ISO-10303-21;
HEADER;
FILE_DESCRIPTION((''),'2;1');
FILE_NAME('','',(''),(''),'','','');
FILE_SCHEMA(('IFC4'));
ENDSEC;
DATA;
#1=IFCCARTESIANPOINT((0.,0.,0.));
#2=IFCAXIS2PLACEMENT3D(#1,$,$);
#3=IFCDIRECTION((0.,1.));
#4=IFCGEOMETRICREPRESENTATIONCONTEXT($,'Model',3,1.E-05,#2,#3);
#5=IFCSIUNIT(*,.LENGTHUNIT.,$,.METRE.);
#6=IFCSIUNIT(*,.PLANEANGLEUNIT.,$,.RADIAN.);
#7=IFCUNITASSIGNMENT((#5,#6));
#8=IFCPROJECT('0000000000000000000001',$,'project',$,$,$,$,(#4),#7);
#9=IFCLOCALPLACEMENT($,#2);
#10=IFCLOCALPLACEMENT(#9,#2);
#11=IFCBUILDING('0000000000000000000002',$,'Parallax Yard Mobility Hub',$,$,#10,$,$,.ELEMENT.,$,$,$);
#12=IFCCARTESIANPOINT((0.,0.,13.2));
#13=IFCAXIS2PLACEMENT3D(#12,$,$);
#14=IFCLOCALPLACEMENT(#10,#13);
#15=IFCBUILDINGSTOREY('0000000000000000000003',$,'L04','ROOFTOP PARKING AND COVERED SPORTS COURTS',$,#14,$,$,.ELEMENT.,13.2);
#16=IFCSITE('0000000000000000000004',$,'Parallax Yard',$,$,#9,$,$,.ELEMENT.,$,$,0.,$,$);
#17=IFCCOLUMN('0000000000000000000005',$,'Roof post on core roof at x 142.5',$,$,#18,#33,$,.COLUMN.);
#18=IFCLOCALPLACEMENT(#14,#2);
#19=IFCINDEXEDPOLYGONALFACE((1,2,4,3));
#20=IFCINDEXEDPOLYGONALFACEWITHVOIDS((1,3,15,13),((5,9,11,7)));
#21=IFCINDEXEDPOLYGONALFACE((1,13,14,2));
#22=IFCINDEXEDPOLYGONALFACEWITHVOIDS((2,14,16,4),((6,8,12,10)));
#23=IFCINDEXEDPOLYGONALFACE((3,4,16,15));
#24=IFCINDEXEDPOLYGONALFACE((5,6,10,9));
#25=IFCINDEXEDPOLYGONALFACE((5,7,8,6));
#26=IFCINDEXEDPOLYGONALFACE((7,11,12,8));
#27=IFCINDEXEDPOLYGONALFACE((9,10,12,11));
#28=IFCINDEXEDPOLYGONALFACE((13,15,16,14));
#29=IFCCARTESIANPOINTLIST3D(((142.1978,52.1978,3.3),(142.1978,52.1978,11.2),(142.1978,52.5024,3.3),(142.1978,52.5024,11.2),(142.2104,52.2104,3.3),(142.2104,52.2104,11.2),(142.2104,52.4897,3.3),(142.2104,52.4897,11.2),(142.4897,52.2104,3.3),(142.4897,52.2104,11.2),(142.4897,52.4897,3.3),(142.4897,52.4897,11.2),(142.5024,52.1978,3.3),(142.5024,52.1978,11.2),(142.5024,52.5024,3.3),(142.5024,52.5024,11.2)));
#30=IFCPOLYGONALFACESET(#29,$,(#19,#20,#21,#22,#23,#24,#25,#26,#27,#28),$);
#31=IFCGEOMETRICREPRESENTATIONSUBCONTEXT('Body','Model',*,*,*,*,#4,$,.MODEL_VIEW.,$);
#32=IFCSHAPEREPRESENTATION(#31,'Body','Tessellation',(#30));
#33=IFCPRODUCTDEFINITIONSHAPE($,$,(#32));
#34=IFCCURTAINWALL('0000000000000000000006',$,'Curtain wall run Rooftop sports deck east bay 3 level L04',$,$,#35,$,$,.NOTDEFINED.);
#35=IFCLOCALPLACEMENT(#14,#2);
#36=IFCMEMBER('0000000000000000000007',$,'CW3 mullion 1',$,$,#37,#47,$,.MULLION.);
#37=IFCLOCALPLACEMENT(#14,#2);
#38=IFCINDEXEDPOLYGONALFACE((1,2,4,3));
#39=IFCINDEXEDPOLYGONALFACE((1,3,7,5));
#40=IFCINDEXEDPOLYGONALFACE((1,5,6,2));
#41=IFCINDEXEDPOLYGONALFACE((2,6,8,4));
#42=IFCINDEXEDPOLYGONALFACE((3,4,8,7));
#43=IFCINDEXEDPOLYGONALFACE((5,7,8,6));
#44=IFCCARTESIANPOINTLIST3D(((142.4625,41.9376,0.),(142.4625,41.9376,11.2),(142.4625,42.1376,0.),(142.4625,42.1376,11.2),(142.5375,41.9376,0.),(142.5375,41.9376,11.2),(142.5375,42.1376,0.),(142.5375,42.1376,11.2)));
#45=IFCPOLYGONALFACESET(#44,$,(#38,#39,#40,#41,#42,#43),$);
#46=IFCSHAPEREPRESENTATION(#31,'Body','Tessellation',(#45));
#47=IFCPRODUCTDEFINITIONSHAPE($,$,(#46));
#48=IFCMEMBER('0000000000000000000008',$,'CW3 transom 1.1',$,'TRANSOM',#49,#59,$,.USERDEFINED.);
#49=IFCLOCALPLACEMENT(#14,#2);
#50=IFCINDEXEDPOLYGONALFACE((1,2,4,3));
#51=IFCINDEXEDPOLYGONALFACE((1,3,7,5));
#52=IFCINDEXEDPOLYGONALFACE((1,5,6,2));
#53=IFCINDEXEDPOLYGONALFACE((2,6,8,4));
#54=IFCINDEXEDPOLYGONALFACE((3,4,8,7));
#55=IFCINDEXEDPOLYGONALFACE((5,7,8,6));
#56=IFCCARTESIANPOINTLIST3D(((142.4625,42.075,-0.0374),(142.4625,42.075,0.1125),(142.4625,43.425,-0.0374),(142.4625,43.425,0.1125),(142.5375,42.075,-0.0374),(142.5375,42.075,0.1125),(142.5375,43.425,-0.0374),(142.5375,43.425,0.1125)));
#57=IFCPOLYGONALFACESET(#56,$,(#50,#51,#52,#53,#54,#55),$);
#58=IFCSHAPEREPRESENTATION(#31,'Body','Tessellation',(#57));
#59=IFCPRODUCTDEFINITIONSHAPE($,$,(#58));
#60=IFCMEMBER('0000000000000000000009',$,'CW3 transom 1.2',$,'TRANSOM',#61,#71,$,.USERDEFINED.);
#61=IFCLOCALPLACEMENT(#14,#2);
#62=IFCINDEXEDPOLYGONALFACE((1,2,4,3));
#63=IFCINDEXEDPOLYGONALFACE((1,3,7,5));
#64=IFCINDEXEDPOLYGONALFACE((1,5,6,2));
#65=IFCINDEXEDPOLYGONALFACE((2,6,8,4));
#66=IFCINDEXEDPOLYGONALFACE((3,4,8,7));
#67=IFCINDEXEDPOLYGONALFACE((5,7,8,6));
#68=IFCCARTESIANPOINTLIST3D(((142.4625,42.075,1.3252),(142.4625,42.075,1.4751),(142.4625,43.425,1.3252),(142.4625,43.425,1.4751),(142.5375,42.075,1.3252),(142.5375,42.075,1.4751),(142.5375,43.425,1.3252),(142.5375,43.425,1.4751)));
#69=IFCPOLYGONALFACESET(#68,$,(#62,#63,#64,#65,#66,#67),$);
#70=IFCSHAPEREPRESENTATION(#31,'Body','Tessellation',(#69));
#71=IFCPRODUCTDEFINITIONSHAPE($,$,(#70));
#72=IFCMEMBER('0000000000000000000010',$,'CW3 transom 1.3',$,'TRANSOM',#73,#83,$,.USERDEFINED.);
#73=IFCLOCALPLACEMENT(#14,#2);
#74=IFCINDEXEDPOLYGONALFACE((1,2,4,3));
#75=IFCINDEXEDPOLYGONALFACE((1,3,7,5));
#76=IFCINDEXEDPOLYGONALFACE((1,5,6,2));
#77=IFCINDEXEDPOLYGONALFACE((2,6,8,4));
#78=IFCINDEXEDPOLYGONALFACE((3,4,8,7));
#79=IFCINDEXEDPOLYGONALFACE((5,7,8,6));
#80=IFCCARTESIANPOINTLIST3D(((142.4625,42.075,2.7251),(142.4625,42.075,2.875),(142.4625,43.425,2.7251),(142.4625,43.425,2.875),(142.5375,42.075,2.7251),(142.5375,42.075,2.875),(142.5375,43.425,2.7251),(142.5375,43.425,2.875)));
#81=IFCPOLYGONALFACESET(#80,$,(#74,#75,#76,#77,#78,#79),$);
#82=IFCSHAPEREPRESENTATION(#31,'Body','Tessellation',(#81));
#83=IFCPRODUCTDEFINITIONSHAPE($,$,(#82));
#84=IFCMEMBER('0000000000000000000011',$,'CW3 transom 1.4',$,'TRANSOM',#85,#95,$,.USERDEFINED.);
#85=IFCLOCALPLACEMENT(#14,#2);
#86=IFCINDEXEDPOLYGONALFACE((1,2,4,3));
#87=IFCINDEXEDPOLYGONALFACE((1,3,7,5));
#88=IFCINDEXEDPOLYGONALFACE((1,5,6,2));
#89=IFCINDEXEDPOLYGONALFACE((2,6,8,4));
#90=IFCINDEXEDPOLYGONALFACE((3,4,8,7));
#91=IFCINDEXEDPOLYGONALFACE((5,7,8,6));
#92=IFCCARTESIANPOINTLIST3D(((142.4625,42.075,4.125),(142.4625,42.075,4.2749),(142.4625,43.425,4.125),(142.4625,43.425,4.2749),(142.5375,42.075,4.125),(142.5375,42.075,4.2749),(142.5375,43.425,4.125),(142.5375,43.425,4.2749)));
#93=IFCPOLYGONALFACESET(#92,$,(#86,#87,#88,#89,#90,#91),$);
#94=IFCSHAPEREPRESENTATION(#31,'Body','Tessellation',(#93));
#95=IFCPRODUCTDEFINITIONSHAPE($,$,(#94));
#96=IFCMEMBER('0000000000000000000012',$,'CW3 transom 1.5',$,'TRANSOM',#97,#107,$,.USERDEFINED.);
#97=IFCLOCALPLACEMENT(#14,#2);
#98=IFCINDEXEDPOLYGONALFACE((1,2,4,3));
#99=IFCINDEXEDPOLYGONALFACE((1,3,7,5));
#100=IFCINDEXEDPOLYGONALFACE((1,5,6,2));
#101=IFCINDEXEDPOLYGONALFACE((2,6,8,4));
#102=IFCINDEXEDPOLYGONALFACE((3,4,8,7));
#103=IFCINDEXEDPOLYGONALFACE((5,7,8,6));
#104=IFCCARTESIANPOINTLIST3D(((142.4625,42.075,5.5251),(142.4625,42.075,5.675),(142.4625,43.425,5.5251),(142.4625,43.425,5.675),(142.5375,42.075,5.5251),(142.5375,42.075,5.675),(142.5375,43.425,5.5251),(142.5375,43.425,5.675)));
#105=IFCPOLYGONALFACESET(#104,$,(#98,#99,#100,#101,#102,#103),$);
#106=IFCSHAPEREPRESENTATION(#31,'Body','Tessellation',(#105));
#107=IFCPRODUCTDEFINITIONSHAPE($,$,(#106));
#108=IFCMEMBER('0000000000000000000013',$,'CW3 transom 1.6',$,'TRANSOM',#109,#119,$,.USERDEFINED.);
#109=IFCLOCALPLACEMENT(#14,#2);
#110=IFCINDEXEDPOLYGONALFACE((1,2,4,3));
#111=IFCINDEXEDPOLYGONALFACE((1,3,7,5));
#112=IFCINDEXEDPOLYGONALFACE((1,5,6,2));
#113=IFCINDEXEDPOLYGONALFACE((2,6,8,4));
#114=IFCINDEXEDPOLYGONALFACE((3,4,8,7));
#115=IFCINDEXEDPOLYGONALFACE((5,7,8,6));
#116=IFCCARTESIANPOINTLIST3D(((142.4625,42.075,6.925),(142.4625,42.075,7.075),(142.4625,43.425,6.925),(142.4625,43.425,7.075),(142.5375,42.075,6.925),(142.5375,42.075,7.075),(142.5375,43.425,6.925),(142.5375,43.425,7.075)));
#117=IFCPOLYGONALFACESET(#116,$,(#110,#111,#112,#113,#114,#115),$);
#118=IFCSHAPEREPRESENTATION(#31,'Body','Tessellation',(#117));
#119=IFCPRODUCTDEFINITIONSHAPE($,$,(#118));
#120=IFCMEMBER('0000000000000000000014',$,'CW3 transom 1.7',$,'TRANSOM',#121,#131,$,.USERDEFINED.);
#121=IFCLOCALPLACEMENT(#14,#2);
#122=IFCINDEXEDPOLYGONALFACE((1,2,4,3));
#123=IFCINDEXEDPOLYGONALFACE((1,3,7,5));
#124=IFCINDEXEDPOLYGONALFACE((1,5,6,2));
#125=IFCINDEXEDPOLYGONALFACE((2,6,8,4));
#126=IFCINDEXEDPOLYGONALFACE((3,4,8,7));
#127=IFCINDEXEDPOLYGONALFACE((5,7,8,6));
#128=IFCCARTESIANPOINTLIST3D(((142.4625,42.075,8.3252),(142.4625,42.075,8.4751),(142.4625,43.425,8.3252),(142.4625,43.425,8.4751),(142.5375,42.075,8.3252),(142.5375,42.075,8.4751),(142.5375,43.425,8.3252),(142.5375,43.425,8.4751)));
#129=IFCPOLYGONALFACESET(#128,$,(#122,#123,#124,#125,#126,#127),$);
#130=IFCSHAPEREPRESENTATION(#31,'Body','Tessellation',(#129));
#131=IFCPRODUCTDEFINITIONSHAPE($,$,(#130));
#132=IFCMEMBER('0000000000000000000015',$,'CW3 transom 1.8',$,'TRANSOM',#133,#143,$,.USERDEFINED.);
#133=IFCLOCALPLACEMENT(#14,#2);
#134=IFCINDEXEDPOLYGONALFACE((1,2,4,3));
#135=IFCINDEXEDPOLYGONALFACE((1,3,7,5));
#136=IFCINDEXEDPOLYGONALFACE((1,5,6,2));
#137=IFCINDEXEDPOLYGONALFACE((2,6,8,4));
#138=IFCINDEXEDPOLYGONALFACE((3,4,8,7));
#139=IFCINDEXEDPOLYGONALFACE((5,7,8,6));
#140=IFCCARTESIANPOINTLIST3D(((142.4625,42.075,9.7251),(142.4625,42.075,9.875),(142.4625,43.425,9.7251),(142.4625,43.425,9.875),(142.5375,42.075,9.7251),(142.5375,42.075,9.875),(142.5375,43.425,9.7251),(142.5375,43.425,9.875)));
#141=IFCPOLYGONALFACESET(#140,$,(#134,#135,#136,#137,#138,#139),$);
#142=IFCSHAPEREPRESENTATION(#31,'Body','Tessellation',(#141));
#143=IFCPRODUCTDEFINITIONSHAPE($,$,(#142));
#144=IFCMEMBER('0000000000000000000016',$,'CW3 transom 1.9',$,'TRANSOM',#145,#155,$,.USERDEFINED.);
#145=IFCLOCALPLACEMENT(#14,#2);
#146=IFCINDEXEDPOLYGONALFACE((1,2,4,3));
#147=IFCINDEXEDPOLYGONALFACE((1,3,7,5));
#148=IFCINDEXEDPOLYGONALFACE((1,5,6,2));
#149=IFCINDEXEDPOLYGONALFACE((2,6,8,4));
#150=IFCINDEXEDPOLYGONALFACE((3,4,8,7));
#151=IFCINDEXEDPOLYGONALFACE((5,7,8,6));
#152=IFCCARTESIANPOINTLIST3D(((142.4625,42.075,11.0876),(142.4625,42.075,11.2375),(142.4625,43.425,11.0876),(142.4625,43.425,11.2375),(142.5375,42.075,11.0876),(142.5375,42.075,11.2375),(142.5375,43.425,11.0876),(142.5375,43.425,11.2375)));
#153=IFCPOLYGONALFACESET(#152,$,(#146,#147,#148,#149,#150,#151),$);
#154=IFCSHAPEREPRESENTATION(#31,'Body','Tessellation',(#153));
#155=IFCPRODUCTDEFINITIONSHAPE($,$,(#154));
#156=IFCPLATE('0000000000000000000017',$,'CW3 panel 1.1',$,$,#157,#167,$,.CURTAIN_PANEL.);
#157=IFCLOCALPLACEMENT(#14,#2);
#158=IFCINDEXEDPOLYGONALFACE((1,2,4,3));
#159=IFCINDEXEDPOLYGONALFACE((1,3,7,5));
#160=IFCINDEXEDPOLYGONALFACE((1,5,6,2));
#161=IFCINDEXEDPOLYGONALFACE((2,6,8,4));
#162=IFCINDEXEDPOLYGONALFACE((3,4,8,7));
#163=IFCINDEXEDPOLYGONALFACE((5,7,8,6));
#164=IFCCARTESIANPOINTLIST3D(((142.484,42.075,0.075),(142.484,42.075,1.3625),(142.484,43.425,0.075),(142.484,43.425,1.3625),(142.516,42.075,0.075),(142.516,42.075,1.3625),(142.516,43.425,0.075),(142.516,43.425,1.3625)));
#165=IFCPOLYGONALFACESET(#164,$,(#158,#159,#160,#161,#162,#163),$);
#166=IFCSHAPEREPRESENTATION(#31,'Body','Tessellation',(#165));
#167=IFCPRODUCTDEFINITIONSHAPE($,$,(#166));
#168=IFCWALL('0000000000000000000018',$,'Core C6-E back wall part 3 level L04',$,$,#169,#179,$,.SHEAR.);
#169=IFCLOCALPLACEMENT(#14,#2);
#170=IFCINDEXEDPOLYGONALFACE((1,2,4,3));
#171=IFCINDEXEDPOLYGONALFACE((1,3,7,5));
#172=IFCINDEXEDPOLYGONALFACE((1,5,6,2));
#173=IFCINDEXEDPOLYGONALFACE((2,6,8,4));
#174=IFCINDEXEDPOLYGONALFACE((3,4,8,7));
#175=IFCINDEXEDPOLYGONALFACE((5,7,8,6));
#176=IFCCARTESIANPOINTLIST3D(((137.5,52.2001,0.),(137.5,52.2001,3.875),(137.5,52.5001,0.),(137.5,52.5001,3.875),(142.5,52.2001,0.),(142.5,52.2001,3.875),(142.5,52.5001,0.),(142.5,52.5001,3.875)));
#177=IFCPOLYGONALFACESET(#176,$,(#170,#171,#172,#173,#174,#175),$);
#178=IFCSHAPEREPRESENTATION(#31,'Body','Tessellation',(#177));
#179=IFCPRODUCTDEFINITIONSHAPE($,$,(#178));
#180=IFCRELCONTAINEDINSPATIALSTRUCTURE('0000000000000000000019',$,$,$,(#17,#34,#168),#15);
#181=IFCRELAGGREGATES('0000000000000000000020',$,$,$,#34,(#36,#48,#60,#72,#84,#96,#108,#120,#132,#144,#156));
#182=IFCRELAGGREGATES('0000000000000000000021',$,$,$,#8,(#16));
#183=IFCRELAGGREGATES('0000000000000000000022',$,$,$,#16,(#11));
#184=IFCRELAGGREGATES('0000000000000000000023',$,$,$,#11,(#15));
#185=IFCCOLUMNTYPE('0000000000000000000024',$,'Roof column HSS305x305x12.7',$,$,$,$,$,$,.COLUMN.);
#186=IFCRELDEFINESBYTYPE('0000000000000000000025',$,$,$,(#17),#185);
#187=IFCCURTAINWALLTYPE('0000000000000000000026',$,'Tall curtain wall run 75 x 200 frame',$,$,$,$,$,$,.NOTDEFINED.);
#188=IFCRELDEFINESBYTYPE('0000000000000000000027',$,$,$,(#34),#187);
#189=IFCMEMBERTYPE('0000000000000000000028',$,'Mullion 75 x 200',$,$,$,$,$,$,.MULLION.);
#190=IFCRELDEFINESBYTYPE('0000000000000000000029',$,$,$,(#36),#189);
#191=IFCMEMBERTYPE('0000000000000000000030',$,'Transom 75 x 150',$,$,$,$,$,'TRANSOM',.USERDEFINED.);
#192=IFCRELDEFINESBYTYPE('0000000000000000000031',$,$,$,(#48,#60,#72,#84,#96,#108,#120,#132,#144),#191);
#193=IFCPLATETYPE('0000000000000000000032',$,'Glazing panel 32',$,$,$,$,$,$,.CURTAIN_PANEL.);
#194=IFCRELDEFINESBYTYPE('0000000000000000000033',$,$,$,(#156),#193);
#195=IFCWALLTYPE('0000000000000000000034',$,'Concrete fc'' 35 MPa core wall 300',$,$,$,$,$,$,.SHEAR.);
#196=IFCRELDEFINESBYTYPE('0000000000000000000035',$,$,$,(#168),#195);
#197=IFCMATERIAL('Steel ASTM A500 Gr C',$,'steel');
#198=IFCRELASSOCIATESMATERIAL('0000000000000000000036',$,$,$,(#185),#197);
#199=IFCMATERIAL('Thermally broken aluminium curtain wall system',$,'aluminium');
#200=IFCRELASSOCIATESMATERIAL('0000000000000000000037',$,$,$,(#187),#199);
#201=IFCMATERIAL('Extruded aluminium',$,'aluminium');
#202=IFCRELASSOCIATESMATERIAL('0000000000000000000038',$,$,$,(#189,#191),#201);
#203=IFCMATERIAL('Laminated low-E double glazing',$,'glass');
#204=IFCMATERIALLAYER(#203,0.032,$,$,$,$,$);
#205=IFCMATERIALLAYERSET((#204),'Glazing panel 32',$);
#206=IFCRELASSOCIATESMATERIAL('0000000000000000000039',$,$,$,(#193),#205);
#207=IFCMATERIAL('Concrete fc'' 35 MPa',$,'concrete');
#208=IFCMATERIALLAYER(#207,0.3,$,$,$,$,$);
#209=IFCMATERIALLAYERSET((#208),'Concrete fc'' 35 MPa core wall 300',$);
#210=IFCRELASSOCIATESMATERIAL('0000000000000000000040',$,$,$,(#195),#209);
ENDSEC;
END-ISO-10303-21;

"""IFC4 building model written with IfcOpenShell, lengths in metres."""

from ifc_helpers import new_model, si_unit, direction, frame, frame_2d, origin, origin_2d, place, context, subcontext, project, spatial, rectangle, hollow_rectangle, extrude, material, layer, layer_set, material_profile, profile_set, type_object, element, aggregate, save


model = new_model("IFC4")

# Units and contexts
model_context = context("Model", 3, precision=1e-05, world=origin(), true_north=direction((0.0, 1.0)))
body_context = subcontext(model_context, "Body", "Model", "MODEL_VIEW")
ifc_project = project(units=[si_unit("LENGTHUNIT", "METRE"), si_unit("PLANEANGLEUNIT", "RADIAN")], contexts=[model_context])

# Site, building, storey
site_placement = place(None, origin())
site = spatial("IfcSite", under=ifc_project, at=site_placement, Name="Parallax Yard", CompositionType="ELEMENT", RefElevation=0.0)
building_placement = place(site_placement, origin())
building = spatial("IfcBuilding", under=site, at=building_placement, Name="Parallax Yard Mobility Hub", CompositionType="ELEMENT")
storey_placement = place(building_placement, frame((0.0, 0.0, 13.2)))
storey = spatial("IfcBuildingStorey", under=building, at=storey_placement, Name="L04", Description="ROOFTOP PARKING AND COVERED SPORTS COURTS", CompositionType="ELEMENT", Elevation=13.2)

# Column
ifc_material_1 = material(Name="Steel ASTM A500 Gr C", Category="steel")
ifc_material_profile_1 = material_profile(ifc_material_1, hollow_rectangle(XDim=0.3047, YDim=0.3047, WallThickness=0.0127, at=origin_2d()), Name="HSS305x305x12.7")
ifc_profile_set_1 = profile_set([ifc_material_profile_1], Name="Steel ASTM A500 Gr C")
column_type = type_object("IfcColumnType", Name="Roof column HSS305x305x12.7", PredefinedType="COLUMN", material=ifc_profile_set_1)
column_placement = place(storey_placement, frame((142.3501, 52.3501, 3.3), z_axis=(0.0, 0.0, 1.0), x_axis=(1.0, 0.0, 0.0)))
element("IfcColumn", 1, at=column_placement, inside=storey, type_object=column_type, Name="Roof post on core roof at x 142.5", PredefinedType="COLUMN", context=body_context, shape_type="SweptSolid", body=[
    extrude(hollow_rectangle(XDim=0.3047, YDim=0.3047, WallThickness=0.0127, at=origin_2d()), origin(), (0.0, 0.0, 1.0), 7.8999),
])

# Curtain wall, members, plate
ifc_material_2 = material(Name="Thermally broken aluminium curtain wall system", Category="aluminium")
curtain_wall_type = type_object("IfcCurtainWallType", Name="Tall curtain wall run 75 x 200 frame", PredefinedType="NOTDEFINED", material=ifc_material_2)
curtain_wall_placement = place(storey_placement, origin())
curtain_wall = element("IfcCurtainWall", 2, at=curtain_wall_placement, inside=storey, type_object=curtain_wall_type, Name="Curtain wall run Rooftop sports deck east bay 3 level L04", PredefinedType="NOTDEFINED")
ifc_material_3 = material(Name="Extruded aluminium", Category="aluminium")
ifc_material_profile_2 = material_profile(ifc_material_3, rectangle(XDim=0.075, YDim=0.2, at=origin_2d()), Name="Mullion 75 x 200")
ifc_profile_set_2 = profile_set([ifc_material_profile_2], Name="Extruded aluminium")
member_type_1 = type_object("IfcMemberType", Name="Mullion 75 x 200", PredefinedType="MULLION", material=ifc_profile_set_2)
member_1_placement = place(storey_placement, frame((142.5, 42.0376, 0.0), z_axis=(0.0, 0.0, 1.0), x_axis=(-1.0, 0.0, 0.0)))
member_1 = element("IfcMember", 3, at=member_1_placement, type_object=member_type_1, Name="CW3 mullion 1", PredefinedType="MULLION", context=body_context, shape_type="SweptSolid", body=[
    extrude(rectangle(XDim=0.075, YDim=0.2, at=origin_2d()), origin(), (0.0, 0.0, 1.0), 11.2),
])
ifc_material_profile_3 = material_profile(ifc_material_3, rectangle(XDim=0.075, YDim=0.1499, at=origin_2d()), Name="Transom 75 x 150")
ifc_profile_set_3 = profile_set([ifc_material_profile_3], Name="Extruded aluminium")
member_type_2 = type_object("IfcMemberType", Name="Transom 75 x 150", ElementType="TRANSOM", PredefinedType="USERDEFINED", material=ifc_profile_set_3)
member_2_placement = place(storey_placement, frame((142.5, 42.075, 0.0376), z_axis=(0.0, 1.0, 0.0), x_axis=(-1.0, 0.0, 0.0)))
member_2 = element("IfcMember", 4, at=member_2_placement, type_object=member_type_2, Name="CW3 transom 1.1", ObjectType="TRANSOM", PredefinedType="USERDEFINED", context=body_context, shape_type="SweptSolid", body=[
    extrude(rectangle(XDim=0.075, YDim=0.1499, at=origin_2d()), origin(), (0.0, 0.0, 1.0), 1.3501),
])
member_3_placement = place(storey_placement, frame((142.5, 42.075, 1.4001), z_axis=(0.0, 1.0, 0.0), x_axis=(-1.0, 0.0, 0.0)))
member_3 = element("IfcMember", 5, at=member_3_placement, type_object=member_type_2, Name="CW3 transom 1.2", ObjectType="TRANSOM", PredefinedType="USERDEFINED", context=body_context, shape_type="SweptSolid", body=[
    extrude(rectangle(XDim=0.075, YDim=0.1499, at=origin_2d()), origin(), (0.0, 0.0, 1.0), 1.3501),
])
member_4_placement = place(storey_placement, frame((142.5, 42.075, 2.8), z_axis=(0.0, 1.0, 0.0), x_axis=(-1.0, 0.0, 0.0)))
member_4 = element("IfcMember", 6, at=member_4_placement, type_object=member_type_2, Name="CW3 transom 1.3", ObjectType="TRANSOM", PredefinedType="USERDEFINED", context=body_context, shape_type="SweptSolid", body=[
    extrude(rectangle(XDim=0.075, YDim=0.1499, at=origin_2d()), origin(), (0.0, 0.0, 1.0), 1.3501),
])
member_5_placement = place(storey_placement, frame((142.5, 42.075, 4.2), z_axis=(0.0, 1.0, 0.0), x_axis=(-1.0, 0.0, 0.0)))
member_5 = element("IfcMember", 7, at=member_5_placement, type_object=member_type_2, Name="CW3 transom 1.4", ObjectType="TRANSOM", PredefinedType="USERDEFINED", context=body_context, shape_type="SweptSolid", body=[
    extrude(rectangle(XDim=0.075, YDim=0.1499, at=origin_2d()), origin(), (0.0, 0.0, 1.0), 1.3501),
])
member_6_placement = place(storey_placement, frame((142.5, 42.075, 5.6001), z_axis=(0.0, 1.0, 0.0), x_axis=(-1.0, 0.0, 0.0)))
member_6 = element("IfcMember", 8, at=member_6_placement, type_object=member_type_2, Name="CW3 transom 1.5", ObjectType="TRANSOM", PredefinedType="USERDEFINED", context=body_context, shape_type="SweptSolid", body=[
    extrude(rectangle(XDim=0.075, YDim=0.1499, at=origin_2d()), origin(), (0.0, 0.0, 1.0), 1.3501),
])
member_7_placement = place(storey_placement, frame((142.5, 42.075, 7.0), z_axis=(0.0, 1.0, 0.0), x_axis=(-1.0, 0.0, 0.0)))
member_7 = element("IfcMember", 9, at=member_7_placement, type_object=member_type_2, Name="CW3 transom 1.6", ObjectType="TRANSOM", PredefinedType="USERDEFINED", context=body_context, shape_type="SweptSolid", body=[
    extrude(rectangle(XDim=0.075, YDim=0.1499, at=origin_2d()), origin(), (0.0, 0.0, 1.0), 1.3501),
])
member_8_placement = place(storey_placement, frame((142.5, 42.075, 8.4001), z_axis=(0.0, 1.0, 0.0), x_axis=(-1.0, 0.0, 0.0)))
member_8 = element("IfcMember", 10, at=member_8_placement, type_object=member_type_2, Name="CW3 transom 1.7", ObjectType="TRANSOM", PredefinedType="USERDEFINED", context=body_context, shape_type="SweptSolid", body=[
    extrude(rectangle(XDim=0.075, YDim=0.1499, at=origin_2d()), origin(), (0.0, 0.0, 1.0), 1.3501),
])
member_9_placement = place(storey_placement, frame((142.5, 42.075, 9.8), z_axis=(0.0, 1.0, 0.0), x_axis=(-1.0, 0.0, 0.0)))
member_9 = element("IfcMember", 11, at=member_9_placement, type_object=member_type_2, Name="CW3 transom 1.8", ObjectType="TRANSOM", PredefinedType="USERDEFINED", context=body_context, shape_type="SweptSolid", body=[
    extrude(rectangle(XDim=0.075, YDim=0.1499, at=origin_2d()), origin(), (0.0, 0.0, 1.0), 1.3501),
])
member_10_placement = place(storey_placement, frame((142.5, 42.075, 11.1626), z_axis=(0.0, 1.0, 0.0), x_axis=(-1.0, 0.0, 0.0)))
member_10 = element("IfcMember", 12, at=member_10_placement, type_object=member_type_2, Name="CW3 transom 1.9", ObjectType="TRANSOM", PredefinedType="USERDEFINED", context=body_context, shape_type="SweptSolid", body=[
    extrude(rectangle(XDim=0.075, YDim=0.1499, at=origin_2d()), origin(), (0.0, 0.0, 1.0), 1.3501),
])
ifc_material_4 = material(Name="Laminated low-E double glazing", Category="glass")
ifc_layer_1 = layer(ifc_material_4, 0.032)
ifc_layer_set_1 = layer_set([ifc_layer_1], Name="Glazing panel 32")
plate_type = type_object("IfcPlateType", Name="Glazing panel 32", PredefinedType="CURTAIN_PANEL", material=ifc_layer_set_1)
plate_placement = place(storey_placement, frame((142.5, 42.75, 0.075), z_axis=(0.0, 0.0, 1.0), x_axis=(0.0, 1.0, 0.0)))
plate = element("IfcPlate", 13, at=plate_placement, type_object=plate_type, Name="CW3 panel 1.1", PredefinedType="CURTAIN_PANEL", context=body_context, shape_type="SweptSolid", body=[
    extrude(rectangle(XDim=1.3501, YDim=0.032, at=origin_2d()), origin(), (0.0, 0.0, 1.0), 1.2876),
])
aggregate(curtain_wall, [member_1, member_2, member_3, member_4, member_5, member_6, member_7, member_8, member_9, member_10, plate])

# Wall
ifc_material_5 = material(Name="Concrete fc' 35 MPa", Category="concrete")
ifc_layer_2 = layer(ifc_material_5, 0.3)
ifc_layer_set_2 = layer_set([ifc_layer_2], Name="Concrete fc' 35 MPa core wall 300")
wall_type_1 = type_object("IfcWallType", Name="Concrete fc' 35 MPa core wall 300", PredefinedType="SHEAR", material=ifc_layer_set_2)
wall_1_placement = place(storey_placement, frame((137.5, 52.3501, 0.0), z_axis=(0.0, 0.0, 1.0), x_axis=(1.0, 0.0, 0.0)))
element("IfcWall", 14, at=wall_1_placement, inside=storey, type_object=wall_type_1, Name="Core C6-E back wall part 3 level L04", PredefinedType="SHEAR", context=body_context, shape_type="SweptSolid", body=[
    extrude(rectangle(XDim=5.0, YDim=0.3, at=frame_2d((2.5, 0.0))), origin(), (0.0, 0.0, 1.0), 3.875),
])

save(model, "model.ifc")
